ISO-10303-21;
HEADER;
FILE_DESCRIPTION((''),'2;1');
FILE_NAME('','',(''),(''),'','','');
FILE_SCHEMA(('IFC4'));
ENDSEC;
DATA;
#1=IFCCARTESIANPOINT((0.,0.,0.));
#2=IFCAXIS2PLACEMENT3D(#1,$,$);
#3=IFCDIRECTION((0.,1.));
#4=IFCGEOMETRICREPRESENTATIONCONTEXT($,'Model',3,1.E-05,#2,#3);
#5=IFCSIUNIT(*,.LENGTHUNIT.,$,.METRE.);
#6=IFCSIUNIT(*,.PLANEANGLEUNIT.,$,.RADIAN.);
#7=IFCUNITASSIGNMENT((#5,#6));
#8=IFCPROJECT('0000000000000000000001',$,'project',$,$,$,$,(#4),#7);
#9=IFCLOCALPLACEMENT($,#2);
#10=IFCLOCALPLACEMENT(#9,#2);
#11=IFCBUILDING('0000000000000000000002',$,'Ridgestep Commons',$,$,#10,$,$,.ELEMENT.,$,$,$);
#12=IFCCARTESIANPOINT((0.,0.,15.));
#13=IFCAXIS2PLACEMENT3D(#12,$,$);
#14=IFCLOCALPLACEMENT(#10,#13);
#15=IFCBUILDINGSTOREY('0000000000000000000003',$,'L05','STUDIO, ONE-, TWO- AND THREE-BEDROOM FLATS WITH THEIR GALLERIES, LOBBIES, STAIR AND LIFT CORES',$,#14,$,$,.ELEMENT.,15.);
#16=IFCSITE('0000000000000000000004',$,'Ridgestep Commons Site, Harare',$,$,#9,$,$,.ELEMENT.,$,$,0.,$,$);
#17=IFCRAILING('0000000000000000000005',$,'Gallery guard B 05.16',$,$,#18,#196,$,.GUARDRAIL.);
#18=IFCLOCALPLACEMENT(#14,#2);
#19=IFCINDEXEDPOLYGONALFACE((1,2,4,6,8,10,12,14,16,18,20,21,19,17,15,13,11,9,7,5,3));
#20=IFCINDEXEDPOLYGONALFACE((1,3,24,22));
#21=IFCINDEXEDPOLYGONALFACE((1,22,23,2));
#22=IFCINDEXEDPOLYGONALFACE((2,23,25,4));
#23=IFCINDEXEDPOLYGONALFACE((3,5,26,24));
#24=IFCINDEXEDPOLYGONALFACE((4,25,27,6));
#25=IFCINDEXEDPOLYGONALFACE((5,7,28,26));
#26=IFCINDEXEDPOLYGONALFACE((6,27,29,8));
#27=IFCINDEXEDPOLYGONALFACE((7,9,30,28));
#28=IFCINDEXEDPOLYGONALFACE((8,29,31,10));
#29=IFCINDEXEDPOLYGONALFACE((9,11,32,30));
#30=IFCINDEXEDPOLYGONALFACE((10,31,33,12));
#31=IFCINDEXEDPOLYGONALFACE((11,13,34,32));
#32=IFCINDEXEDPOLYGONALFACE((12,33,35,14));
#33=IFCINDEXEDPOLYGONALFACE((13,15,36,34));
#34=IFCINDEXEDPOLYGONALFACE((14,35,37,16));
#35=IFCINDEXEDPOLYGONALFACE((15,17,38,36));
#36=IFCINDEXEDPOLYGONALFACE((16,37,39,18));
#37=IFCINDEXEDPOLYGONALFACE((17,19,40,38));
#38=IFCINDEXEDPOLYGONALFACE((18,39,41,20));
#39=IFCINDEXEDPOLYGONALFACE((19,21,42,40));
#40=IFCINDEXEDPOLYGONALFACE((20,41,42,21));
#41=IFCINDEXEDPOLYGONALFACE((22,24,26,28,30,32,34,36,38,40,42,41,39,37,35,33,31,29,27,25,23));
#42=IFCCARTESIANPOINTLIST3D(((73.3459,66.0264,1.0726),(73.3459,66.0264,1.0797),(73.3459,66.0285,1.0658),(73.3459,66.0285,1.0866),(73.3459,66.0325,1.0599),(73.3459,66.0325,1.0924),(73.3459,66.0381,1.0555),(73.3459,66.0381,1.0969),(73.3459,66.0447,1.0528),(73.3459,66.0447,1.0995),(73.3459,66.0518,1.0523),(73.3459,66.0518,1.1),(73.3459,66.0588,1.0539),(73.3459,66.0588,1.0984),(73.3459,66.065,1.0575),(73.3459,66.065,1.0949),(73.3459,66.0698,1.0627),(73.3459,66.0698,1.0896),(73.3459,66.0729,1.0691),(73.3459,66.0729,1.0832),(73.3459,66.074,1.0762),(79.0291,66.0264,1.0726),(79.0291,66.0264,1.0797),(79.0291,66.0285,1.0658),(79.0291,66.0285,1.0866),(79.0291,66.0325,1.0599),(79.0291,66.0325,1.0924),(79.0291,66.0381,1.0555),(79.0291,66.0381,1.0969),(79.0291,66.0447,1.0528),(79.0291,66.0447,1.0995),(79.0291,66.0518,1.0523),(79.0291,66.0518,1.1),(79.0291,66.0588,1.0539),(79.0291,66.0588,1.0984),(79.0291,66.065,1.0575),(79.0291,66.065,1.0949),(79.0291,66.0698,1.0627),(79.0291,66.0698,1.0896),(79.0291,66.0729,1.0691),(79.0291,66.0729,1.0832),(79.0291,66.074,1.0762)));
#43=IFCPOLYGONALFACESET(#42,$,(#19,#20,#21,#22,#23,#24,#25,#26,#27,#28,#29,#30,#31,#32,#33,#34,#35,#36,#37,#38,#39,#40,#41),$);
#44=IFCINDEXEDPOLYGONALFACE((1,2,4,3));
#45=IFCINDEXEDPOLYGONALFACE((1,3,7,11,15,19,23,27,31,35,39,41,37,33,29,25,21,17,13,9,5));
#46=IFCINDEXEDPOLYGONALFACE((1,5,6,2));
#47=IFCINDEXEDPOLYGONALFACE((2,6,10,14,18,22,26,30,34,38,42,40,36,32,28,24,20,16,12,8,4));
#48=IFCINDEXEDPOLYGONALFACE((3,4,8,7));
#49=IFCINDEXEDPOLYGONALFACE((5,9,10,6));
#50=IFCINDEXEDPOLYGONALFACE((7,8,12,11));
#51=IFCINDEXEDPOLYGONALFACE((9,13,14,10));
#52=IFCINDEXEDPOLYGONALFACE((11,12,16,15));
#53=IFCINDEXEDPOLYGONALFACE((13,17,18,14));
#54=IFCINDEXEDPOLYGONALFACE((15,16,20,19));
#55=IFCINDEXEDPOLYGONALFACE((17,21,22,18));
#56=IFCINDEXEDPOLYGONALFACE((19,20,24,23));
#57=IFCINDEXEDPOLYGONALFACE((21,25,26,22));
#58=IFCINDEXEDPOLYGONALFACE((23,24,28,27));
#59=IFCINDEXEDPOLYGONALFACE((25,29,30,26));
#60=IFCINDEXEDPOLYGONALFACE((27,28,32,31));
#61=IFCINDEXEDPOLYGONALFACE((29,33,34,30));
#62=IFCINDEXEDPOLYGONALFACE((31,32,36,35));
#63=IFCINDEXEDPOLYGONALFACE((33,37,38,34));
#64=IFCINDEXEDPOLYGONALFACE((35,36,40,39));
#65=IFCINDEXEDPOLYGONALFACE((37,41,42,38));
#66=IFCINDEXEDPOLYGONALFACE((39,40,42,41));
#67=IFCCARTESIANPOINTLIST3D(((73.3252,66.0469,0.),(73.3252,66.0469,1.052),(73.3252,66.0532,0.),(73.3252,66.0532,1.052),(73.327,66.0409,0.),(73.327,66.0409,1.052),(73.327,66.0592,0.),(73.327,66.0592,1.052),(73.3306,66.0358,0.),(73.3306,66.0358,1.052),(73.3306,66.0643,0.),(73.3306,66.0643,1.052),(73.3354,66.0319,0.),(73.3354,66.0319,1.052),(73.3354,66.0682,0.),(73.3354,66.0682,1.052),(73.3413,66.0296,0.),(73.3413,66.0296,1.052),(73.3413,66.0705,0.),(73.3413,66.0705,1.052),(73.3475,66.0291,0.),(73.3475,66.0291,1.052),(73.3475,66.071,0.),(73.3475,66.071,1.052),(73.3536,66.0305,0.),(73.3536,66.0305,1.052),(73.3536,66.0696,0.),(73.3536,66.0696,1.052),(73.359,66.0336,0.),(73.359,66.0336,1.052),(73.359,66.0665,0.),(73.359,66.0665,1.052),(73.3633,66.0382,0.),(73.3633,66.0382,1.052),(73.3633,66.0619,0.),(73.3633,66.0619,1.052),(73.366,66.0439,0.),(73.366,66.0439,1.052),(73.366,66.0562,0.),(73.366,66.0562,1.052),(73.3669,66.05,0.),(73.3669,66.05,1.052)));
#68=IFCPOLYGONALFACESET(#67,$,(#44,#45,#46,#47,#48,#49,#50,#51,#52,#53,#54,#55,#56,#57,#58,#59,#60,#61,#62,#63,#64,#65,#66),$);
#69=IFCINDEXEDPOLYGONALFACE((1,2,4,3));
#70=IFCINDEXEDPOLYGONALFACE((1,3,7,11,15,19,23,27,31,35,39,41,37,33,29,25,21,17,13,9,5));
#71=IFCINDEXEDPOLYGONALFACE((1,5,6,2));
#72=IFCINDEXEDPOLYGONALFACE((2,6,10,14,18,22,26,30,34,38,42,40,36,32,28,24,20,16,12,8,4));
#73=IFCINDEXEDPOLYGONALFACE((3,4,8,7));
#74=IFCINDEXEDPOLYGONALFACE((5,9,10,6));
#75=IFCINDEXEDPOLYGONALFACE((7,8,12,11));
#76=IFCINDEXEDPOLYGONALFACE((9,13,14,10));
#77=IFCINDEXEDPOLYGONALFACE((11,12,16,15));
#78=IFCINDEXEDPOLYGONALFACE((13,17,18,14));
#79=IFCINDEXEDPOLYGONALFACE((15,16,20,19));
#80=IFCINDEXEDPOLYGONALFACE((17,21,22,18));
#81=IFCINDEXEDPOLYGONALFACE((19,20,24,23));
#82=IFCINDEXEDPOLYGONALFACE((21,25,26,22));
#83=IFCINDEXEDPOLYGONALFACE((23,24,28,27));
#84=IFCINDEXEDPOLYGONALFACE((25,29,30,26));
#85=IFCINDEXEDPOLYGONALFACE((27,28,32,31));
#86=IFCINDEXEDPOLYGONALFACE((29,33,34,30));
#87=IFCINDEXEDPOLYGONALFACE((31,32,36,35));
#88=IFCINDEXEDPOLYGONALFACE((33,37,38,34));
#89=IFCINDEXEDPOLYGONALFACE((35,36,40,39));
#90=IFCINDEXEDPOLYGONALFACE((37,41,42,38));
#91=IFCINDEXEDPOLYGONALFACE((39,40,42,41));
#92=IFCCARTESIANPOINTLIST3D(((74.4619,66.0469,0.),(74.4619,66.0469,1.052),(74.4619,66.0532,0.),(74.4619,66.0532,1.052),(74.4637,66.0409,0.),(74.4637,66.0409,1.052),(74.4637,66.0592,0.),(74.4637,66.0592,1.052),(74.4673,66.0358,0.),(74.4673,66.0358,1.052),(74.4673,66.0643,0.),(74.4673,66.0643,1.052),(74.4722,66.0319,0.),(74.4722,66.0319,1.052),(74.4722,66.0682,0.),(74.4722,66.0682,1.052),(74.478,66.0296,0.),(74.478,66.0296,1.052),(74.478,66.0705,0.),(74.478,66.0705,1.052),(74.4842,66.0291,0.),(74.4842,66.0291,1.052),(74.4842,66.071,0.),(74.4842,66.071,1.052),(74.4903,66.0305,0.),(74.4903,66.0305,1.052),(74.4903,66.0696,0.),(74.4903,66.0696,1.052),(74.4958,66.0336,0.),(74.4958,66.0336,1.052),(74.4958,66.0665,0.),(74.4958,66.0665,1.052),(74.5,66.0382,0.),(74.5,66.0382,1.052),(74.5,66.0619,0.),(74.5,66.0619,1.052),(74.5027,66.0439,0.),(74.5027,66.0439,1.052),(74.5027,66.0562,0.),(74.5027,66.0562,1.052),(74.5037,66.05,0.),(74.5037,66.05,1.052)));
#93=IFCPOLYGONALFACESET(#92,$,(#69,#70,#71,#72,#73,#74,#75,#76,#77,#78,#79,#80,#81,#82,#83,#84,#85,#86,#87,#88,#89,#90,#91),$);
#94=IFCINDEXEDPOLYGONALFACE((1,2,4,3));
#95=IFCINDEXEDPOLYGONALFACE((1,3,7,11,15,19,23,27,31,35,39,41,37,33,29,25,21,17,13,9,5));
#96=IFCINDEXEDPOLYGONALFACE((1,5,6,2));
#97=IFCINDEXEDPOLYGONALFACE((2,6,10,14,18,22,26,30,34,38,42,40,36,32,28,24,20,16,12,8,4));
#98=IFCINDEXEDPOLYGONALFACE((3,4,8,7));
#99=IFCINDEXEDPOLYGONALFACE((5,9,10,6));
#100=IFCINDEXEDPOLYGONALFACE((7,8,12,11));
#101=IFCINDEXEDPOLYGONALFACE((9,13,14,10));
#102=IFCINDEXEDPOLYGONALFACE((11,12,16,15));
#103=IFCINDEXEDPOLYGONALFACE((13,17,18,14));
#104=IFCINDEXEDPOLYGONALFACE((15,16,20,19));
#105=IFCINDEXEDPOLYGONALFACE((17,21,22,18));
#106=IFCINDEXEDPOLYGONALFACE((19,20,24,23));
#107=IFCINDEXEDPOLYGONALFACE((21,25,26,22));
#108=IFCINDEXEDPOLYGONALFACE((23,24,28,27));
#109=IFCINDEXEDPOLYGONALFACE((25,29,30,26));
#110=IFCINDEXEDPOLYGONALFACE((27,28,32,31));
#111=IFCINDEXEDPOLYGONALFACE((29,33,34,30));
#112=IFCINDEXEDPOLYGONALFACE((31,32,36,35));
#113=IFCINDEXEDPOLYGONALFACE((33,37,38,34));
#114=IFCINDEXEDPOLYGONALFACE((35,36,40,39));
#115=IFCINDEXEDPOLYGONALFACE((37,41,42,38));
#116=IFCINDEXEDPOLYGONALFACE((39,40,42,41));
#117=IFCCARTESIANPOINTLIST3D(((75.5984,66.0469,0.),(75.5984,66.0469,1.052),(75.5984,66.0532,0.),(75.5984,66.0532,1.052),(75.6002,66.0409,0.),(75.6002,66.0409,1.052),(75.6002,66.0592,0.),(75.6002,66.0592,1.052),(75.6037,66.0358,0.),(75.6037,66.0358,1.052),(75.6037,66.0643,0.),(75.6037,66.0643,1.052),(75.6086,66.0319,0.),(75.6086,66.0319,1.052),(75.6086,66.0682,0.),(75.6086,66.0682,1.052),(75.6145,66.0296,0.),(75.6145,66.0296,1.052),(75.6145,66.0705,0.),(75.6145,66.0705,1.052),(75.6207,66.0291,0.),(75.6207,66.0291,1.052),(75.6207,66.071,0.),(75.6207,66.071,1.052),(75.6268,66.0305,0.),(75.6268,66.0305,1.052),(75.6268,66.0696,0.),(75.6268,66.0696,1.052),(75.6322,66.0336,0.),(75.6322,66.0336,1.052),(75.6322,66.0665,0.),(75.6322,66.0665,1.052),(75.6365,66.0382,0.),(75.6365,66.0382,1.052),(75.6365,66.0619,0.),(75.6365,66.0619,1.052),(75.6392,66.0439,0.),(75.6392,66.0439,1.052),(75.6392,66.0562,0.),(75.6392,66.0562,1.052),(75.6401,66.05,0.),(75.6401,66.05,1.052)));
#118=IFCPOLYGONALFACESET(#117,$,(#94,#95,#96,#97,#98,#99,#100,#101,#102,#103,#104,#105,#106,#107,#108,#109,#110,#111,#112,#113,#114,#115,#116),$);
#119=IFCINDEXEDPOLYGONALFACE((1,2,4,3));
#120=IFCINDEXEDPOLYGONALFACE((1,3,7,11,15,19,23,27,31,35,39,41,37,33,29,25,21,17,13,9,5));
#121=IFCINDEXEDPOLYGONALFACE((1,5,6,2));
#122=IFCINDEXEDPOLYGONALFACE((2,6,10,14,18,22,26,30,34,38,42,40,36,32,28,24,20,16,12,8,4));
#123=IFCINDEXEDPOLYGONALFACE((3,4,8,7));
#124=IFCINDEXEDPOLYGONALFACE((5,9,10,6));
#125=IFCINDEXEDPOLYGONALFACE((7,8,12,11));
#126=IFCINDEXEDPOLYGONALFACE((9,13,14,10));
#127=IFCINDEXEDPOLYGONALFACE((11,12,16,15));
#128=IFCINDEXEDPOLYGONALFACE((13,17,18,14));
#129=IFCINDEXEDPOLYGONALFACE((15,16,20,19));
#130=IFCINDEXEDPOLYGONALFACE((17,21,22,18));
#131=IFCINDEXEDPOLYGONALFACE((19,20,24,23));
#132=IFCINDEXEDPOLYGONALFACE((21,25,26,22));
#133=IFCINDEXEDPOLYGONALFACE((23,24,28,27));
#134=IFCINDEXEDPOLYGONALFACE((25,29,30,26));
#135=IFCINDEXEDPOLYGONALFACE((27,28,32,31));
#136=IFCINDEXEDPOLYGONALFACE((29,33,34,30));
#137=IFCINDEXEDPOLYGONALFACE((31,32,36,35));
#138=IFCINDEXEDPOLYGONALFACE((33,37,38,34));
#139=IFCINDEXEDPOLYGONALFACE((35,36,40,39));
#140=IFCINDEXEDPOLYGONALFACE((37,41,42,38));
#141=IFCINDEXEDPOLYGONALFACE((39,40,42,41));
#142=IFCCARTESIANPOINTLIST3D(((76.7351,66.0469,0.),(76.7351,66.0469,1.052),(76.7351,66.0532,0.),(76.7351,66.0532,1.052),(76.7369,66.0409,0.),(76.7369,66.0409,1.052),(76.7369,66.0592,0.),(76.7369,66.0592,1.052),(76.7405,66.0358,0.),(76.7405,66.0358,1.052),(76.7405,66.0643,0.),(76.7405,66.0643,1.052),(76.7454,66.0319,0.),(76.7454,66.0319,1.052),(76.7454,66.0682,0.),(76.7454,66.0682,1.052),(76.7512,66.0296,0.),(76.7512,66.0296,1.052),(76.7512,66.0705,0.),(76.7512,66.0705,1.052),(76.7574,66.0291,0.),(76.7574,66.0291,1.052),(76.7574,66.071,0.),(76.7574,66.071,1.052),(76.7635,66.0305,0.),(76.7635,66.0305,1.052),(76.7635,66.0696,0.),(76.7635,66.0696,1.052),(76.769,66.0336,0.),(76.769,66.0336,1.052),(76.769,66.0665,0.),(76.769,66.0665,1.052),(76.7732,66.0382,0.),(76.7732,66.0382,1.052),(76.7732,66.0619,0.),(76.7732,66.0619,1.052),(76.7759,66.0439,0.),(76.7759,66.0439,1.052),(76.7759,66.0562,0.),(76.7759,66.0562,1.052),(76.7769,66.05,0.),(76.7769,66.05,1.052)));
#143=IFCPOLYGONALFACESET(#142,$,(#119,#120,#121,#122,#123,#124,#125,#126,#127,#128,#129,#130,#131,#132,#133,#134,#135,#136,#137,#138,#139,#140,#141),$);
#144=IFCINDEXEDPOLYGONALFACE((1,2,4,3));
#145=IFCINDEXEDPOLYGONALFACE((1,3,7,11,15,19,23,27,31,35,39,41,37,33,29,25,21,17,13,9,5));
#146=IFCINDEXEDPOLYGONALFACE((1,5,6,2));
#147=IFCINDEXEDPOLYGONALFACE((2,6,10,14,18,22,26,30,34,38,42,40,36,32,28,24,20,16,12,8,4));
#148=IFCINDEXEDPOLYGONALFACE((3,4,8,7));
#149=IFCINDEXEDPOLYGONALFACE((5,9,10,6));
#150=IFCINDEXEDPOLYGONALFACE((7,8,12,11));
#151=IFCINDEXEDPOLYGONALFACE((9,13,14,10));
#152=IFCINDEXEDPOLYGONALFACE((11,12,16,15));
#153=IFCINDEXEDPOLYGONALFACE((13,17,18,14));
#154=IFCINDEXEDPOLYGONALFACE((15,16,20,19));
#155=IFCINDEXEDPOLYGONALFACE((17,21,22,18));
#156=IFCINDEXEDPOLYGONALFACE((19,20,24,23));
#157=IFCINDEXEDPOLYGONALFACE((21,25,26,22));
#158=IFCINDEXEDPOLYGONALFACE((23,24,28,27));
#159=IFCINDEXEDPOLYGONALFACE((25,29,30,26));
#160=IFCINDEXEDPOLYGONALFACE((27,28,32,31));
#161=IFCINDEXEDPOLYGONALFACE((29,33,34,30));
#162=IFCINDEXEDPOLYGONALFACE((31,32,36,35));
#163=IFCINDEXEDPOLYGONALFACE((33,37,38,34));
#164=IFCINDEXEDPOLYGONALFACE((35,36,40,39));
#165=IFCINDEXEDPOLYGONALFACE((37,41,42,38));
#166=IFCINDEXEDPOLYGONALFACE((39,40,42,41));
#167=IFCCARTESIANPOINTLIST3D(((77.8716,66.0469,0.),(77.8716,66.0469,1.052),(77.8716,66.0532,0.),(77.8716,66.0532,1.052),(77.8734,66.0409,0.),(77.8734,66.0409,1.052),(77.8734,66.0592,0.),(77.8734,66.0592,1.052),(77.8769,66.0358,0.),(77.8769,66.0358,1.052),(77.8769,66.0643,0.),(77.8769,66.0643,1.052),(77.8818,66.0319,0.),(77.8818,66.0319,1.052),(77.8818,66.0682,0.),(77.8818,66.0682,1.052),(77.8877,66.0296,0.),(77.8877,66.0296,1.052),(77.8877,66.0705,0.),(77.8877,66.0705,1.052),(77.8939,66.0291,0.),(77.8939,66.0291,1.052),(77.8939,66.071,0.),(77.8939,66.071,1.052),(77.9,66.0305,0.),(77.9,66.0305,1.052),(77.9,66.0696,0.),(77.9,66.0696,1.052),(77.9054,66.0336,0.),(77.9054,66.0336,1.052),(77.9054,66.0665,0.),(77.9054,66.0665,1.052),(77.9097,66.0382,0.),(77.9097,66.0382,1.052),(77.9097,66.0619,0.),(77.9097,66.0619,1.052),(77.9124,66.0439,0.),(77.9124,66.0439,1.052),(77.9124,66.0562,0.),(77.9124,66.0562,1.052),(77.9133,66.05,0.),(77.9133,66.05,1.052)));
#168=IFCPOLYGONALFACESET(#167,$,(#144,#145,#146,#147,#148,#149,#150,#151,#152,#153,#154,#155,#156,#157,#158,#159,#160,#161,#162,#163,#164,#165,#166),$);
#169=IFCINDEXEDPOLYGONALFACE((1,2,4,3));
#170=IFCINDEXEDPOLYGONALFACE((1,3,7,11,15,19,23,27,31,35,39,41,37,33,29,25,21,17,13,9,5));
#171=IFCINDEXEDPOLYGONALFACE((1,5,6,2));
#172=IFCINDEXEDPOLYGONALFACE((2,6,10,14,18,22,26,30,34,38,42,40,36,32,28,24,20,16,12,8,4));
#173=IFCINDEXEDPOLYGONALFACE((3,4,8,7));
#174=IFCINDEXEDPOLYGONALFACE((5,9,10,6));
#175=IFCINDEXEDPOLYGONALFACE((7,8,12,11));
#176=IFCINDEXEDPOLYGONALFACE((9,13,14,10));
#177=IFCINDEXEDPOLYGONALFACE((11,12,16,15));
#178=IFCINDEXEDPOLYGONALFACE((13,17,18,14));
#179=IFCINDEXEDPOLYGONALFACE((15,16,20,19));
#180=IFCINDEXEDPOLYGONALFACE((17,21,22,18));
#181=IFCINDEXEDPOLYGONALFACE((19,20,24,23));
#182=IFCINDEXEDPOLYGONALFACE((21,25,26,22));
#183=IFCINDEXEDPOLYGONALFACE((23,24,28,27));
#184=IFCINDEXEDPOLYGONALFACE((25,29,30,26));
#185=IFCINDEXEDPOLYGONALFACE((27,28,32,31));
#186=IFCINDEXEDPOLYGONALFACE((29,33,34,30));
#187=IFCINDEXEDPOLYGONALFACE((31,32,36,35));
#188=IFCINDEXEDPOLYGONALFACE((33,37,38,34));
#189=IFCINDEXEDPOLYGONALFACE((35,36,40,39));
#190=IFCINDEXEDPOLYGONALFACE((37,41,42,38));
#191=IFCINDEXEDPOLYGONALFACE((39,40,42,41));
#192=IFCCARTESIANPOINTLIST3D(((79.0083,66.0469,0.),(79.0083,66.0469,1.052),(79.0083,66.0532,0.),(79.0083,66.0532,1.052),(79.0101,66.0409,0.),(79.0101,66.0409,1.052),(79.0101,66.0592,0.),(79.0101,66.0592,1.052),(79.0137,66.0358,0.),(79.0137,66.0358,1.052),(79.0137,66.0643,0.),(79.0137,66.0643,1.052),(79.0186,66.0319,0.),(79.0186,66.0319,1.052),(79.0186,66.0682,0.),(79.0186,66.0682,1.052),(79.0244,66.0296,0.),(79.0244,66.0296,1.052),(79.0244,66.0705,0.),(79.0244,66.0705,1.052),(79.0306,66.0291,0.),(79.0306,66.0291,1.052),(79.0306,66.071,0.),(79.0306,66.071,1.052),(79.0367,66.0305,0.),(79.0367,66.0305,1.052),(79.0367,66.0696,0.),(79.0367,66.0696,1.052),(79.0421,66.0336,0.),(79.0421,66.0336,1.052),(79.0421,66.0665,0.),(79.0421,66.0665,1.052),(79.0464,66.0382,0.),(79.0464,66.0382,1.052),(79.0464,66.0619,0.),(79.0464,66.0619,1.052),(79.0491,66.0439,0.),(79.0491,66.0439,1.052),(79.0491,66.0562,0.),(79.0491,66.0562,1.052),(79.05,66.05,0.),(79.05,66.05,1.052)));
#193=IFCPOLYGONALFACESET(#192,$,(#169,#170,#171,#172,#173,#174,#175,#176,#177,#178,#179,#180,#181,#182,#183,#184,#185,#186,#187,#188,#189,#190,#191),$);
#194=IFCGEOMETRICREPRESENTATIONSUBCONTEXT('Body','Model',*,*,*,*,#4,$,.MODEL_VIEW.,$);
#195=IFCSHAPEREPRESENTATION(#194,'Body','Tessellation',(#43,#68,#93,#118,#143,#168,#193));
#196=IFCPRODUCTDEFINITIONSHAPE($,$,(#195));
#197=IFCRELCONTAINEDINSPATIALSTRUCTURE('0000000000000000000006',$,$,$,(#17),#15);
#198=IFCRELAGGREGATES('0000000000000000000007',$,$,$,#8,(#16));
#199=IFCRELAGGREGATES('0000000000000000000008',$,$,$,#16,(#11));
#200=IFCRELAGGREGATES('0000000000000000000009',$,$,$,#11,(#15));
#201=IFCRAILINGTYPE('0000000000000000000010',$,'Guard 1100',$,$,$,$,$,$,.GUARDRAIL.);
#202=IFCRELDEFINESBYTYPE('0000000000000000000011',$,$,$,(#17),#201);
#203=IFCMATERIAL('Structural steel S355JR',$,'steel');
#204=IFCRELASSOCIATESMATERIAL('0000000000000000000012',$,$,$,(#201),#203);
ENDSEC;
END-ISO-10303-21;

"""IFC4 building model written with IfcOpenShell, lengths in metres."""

from ifc_helpers import new_model, si_unit, direction, frame, origin, origin_2d, place, context, subcontext, project, spatial, circle, extrude, material, type_object, element, save


model = new_model("IFC4")

# Units and contexts
model_context = context("Model", 3, precision=1e-05, world=origin(), true_north=direction((0.0, 1.0)))
body_context = subcontext(model_context, "Body", "Model", "MODEL_VIEW")
ifc_project = project(units=[si_unit("LENGTHUNIT", "METRE"), si_unit("PLANEANGLEUNIT", "RADIAN")], contexts=[model_context])

# Site, building, storey
site_placement = place(None, origin())
site = spatial("IfcSite", under=ifc_project, at=site_placement, Name="Ridgestep Commons Site, Harare", CompositionType="ELEMENT", RefElevation=0.0)
building_placement = place(site_placement, origin())
building = spatial("IfcBuilding", under=site, at=building_placement, Name="Ridgestep Commons", CompositionType="ELEMENT")
storey_placement = place(building_placement, frame((0.0, 0.0, 15.0)))
storey = spatial("IfcBuildingStorey", under=building, at=storey_placement, Name="L05", Description="STUDIO, ONE-, TWO- AND THREE-BEDROOM FLATS WITH THEIR GALLERIES, LOBBIES, STAIR AND LIFT CORES", CompositionType="ELEMENT", Elevation=15.0)

# Railing
ifc_material_1 = material(Name="Structural steel S355JR", Category="steel")
railing_type_1 = type_object("IfcRailingType", Name="Guard 1100", PredefinedType="GUARDRAIL", material=ifc_material_1)
railing_1_placement = place(storey_placement, frame((73.3459, 66.05, 0.0)))
element("IfcRailing", 1, at=railing_1_placement, inside=storey, type_object=railing_type_1, Name="Gallery guard B 05.16", PredefinedType="GUARDRAIL", context=body_context, shape_type="SweptSolid", body=[
    extrude(circle(Radius=0.0239, at=origin_2d()), frame((0.0, 0.0, 1.0762), z_axis=(1.0, 0.0, 0.0), x_axis=(0.0, 1.0, 0.0)), (0.0, 0.0, 1.0), 5.6831),
    extrude(circle(Radius=0.021, at=origin_2d()), origin(), (0.0, 0.0, 1.0), 1.052),
    extrude(circle(Radius=0.021, at=origin_2d()), frame((1.1367, 0.0, 0.0)), (0.0, 0.0, 1.0), 1.052),
    extrude(circle(Radius=0.021, at=origin_2d()), frame((2.2732, 0.0, 0.0)), (0.0, 0.0, 1.0), 1.052),
    extrude(circle(Radius=0.021, at=origin_2d()), frame((3.4099, 0.0, 0.0)), (0.0, 0.0, 1.0), 1.052),
    extrude(circle(Radius=0.021, at=origin_2d()), frame((4.5464, 0.0, 0.0)), (0.0, 0.0, 1.0), 1.052),
    extrude(circle(Radius=0.021, at=origin_2d()), frame((5.6831, 0.0, 0.0)), (0.0, 0.0, 1.0), 1.052),
])

save(model, "model.ifc")
